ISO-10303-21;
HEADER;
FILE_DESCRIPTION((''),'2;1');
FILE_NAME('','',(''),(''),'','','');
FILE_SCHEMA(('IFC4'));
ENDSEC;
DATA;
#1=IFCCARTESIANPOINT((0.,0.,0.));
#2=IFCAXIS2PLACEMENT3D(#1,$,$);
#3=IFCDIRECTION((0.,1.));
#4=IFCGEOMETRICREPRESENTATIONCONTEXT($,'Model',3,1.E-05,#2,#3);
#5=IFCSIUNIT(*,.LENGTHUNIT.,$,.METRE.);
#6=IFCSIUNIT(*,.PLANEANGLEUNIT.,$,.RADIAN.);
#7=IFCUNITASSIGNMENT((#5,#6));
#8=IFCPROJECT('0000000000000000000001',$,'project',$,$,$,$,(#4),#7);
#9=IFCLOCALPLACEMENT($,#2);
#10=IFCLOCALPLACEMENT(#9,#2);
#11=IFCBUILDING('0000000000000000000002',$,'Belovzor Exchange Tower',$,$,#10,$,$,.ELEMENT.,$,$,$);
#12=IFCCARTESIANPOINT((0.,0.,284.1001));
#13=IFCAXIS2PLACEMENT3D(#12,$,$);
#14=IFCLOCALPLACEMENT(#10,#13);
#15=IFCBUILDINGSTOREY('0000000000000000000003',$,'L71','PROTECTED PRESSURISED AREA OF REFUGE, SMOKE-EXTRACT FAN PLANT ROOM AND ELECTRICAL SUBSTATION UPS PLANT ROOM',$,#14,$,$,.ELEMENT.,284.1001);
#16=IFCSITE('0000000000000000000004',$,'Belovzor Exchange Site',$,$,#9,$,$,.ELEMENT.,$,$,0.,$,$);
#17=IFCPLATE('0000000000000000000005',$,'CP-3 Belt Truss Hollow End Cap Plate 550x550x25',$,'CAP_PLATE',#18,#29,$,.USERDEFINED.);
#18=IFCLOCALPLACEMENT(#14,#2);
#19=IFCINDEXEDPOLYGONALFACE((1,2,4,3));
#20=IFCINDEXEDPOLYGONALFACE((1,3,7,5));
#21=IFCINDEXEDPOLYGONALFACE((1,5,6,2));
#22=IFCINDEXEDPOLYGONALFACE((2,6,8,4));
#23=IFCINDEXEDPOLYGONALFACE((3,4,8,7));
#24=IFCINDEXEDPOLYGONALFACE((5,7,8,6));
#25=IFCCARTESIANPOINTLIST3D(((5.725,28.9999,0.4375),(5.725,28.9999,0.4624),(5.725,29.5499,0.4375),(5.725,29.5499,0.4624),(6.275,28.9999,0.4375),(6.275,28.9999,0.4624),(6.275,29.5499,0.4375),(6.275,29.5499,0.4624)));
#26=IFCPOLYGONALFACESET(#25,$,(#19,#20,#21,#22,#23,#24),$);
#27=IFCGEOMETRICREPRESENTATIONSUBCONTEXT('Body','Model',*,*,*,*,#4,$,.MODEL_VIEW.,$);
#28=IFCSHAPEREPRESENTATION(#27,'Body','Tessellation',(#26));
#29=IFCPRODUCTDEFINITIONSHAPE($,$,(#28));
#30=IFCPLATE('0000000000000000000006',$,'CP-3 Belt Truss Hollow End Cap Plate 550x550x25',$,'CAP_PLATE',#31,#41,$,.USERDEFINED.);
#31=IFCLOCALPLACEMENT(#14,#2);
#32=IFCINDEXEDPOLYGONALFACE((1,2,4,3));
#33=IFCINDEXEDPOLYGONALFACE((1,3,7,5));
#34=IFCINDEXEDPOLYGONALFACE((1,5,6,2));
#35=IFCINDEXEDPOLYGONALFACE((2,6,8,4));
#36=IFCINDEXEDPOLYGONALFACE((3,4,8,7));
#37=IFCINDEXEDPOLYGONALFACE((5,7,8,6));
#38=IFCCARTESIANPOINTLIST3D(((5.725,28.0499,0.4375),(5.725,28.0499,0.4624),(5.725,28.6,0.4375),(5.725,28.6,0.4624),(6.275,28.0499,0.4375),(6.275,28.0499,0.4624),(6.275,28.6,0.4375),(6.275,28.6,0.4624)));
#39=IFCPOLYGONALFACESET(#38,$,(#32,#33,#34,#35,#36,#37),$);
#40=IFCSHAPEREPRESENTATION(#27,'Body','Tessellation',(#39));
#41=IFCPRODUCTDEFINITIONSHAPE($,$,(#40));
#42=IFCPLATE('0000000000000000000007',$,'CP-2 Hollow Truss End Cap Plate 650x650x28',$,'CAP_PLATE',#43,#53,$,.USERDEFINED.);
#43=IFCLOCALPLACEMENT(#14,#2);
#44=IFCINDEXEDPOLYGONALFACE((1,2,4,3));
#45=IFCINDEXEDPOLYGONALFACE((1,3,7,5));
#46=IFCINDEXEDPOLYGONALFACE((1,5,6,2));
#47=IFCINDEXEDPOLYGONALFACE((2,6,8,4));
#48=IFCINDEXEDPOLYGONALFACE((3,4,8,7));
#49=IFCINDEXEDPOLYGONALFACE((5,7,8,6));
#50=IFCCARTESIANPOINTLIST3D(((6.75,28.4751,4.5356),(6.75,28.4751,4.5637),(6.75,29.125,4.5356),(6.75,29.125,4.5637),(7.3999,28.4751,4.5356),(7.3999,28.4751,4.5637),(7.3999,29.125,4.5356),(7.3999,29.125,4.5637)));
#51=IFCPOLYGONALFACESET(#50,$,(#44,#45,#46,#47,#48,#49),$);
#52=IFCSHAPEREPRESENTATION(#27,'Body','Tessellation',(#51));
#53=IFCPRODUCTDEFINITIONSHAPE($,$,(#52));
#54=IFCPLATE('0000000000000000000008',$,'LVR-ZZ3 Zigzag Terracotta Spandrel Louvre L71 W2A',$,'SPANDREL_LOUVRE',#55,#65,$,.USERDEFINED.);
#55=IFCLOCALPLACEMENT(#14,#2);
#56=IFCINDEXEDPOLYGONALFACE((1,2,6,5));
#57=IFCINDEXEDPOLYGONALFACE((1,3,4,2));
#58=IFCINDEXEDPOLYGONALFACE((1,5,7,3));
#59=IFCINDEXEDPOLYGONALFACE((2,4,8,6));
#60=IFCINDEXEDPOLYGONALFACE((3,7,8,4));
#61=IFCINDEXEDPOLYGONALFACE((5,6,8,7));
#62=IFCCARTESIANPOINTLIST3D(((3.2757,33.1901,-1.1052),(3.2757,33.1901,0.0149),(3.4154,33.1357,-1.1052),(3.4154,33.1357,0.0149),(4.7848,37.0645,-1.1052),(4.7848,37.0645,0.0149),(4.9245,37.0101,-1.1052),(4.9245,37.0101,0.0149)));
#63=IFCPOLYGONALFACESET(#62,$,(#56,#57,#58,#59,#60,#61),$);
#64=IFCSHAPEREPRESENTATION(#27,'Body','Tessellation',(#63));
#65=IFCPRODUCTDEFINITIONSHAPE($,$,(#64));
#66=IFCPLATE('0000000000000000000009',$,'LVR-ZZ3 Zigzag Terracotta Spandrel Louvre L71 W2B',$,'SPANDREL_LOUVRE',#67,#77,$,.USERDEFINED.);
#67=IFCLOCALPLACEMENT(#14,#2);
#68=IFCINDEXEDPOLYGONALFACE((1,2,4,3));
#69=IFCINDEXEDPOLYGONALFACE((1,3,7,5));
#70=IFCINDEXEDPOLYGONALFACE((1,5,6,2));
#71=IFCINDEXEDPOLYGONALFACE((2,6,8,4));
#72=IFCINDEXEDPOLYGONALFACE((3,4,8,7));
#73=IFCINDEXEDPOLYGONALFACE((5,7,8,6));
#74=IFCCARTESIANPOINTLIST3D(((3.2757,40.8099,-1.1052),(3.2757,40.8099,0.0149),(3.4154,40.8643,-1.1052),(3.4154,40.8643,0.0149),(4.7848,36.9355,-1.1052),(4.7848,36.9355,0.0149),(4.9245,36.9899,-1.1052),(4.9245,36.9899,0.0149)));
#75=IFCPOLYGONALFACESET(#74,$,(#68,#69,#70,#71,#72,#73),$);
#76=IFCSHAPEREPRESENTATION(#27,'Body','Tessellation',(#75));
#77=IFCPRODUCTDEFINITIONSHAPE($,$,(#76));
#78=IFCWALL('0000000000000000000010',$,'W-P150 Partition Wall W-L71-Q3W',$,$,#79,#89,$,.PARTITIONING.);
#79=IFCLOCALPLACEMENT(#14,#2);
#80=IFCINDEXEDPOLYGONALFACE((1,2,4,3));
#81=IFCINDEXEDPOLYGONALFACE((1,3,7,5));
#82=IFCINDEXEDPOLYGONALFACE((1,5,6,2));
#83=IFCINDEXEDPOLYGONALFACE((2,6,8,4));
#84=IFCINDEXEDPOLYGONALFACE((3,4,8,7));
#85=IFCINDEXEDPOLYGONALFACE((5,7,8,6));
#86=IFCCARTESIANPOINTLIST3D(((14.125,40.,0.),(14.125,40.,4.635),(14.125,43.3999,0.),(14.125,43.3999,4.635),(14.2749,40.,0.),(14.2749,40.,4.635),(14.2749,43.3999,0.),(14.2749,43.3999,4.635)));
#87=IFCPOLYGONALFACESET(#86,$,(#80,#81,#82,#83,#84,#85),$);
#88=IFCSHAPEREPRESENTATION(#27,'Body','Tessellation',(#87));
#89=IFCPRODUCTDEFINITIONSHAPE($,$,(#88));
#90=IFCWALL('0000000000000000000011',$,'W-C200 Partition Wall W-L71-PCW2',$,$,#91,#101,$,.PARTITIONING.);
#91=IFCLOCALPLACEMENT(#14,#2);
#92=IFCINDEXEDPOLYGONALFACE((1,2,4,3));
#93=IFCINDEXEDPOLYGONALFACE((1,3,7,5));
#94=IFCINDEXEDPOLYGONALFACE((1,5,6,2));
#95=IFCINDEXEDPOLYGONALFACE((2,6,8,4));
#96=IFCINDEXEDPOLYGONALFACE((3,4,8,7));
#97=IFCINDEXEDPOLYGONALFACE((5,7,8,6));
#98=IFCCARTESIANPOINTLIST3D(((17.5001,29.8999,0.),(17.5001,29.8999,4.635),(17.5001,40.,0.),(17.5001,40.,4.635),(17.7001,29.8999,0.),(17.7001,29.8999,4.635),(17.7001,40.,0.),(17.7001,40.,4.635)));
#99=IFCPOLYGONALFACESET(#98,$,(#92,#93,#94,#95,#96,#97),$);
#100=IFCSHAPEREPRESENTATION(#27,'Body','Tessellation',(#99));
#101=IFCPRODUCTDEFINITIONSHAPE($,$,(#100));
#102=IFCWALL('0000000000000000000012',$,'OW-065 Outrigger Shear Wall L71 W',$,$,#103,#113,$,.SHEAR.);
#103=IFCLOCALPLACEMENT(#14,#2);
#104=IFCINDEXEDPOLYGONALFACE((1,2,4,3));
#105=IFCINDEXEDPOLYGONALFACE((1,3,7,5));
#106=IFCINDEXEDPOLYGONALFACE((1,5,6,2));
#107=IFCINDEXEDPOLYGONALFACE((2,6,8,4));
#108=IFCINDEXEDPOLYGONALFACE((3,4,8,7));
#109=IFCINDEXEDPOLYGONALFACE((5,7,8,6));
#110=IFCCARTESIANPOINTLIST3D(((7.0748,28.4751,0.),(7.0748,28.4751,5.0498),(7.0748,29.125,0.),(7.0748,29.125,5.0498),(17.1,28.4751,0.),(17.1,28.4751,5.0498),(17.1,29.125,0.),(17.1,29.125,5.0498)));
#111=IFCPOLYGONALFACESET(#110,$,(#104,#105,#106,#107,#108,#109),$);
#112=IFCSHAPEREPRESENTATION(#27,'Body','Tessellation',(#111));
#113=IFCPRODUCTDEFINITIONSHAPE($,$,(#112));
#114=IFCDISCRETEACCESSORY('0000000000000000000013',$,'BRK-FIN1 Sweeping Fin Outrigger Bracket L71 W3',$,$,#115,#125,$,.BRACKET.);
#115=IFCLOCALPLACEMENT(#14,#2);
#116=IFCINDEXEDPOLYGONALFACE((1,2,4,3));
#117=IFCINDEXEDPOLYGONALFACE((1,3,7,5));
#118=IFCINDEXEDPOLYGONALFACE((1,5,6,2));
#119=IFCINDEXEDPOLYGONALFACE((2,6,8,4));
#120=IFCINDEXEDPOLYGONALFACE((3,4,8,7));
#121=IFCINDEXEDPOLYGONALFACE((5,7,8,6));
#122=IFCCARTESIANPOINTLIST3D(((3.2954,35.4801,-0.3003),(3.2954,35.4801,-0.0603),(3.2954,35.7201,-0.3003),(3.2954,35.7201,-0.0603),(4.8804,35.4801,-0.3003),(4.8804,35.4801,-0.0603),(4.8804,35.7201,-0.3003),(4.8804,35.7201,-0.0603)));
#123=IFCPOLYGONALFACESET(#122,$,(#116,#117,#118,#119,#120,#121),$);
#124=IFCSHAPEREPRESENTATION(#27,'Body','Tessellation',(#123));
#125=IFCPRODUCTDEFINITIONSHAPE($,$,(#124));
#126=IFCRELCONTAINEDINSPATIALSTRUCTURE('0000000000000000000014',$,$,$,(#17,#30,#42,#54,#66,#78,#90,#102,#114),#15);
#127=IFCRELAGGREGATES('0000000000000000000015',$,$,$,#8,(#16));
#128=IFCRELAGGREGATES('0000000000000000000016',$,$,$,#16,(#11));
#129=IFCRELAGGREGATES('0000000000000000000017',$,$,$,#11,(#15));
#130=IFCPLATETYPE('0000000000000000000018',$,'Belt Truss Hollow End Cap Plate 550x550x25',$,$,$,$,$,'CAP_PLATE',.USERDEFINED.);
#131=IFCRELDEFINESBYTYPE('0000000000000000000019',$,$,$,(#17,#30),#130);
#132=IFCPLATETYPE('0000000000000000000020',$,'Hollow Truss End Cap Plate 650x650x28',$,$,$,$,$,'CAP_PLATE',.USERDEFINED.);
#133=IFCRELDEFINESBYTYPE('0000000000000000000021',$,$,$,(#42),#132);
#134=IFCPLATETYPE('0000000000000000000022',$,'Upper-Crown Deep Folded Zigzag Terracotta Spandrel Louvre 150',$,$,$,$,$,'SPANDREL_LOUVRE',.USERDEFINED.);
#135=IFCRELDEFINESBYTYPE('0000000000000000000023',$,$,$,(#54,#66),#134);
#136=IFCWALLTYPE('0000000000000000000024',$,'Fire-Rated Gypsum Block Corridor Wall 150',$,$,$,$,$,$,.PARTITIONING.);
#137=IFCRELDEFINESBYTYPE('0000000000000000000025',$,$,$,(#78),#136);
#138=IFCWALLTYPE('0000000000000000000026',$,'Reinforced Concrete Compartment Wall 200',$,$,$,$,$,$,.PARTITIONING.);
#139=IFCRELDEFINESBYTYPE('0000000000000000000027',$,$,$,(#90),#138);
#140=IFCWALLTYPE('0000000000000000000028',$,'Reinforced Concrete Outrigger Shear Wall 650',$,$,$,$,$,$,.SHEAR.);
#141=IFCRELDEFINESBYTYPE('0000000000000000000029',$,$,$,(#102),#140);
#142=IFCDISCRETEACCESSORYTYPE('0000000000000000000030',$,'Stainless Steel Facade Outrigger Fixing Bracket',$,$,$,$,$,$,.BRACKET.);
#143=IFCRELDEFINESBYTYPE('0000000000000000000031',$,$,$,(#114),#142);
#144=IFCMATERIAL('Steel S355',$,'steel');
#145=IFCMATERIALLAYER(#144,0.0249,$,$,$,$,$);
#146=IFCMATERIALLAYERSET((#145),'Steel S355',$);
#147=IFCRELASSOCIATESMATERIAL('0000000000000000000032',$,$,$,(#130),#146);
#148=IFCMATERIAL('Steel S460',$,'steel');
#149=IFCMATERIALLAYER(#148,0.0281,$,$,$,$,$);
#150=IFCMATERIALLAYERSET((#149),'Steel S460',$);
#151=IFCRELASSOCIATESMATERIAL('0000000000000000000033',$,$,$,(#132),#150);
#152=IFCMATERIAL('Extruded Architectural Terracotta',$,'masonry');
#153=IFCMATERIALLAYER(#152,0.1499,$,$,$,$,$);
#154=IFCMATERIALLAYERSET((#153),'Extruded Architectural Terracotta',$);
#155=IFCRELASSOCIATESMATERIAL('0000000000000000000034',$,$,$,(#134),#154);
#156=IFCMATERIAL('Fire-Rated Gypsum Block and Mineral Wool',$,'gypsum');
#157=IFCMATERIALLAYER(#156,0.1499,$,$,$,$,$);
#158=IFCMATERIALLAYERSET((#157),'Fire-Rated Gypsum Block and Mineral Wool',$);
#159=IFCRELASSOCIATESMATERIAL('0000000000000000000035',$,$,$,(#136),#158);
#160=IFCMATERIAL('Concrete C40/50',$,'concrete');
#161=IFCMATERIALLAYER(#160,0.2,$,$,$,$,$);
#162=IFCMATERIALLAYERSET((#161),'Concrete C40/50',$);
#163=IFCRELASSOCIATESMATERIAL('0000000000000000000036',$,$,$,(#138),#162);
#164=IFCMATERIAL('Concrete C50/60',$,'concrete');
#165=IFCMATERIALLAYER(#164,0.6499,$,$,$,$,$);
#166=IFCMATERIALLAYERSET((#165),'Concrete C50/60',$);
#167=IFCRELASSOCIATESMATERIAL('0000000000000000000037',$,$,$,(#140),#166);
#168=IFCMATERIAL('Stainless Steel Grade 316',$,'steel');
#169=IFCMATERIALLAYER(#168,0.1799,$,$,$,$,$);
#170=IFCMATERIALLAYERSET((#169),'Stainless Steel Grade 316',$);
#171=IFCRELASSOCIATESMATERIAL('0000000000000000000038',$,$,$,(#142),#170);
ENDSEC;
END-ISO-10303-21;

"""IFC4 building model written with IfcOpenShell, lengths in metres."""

from ifc_helpers import new_model, si_unit, direction, frame, frame_2d, origin, origin_2d, place, context, subcontext, project, spatial, rectangle, extrude, material, layer, layer_set, type_object, element, save


model = new_model("IFC4")

# Units and contexts
model_context = context("Model", 3, precision=1e-05, world=origin(), true_north=direction((0.0, 1.0)))
body_context = subcontext(model_context, "Body", "Model", "MODEL_VIEW")
ifc_project = project(units=[si_unit("LENGTHUNIT", "METRE"), si_unit("PLANEANGLEUNIT", "RADIAN")], contexts=[model_context])

# Site, building, storey
site_placement = place(None, origin())
site = spatial("IfcSite", under=ifc_project, at=site_placement, Name="Belovzor Exchange Site", CompositionType="ELEMENT", RefElevation=0.0)
building_placement = place(site_placement, origin())
building = spatial("IfcBuilding", under=site, at=building_placement, Name="Belovzor Exchange Tower", CompositionType="ELEMENT")
storey_placement = place(building_placement, frame((0.0, 0.0, 284.1001)))
storey = spatial("IfcBuildingStorey", under=building, at=storey_placement, Name="L71", Description="PROTECTED PRESSURISED AREA OF REFUGE, SMOKE-EXTRACT FAN PLANT ROOM AND ELECTRICAL SUBSTATION UPS PLANT ROOM", CompositionType="ELEMENT", Elevation=284.1001)

# Plates
ifc_material_1 = material(Name="Steel S355", Category="steel")
ifc_layer_1 = layer(ifc_material_1, 0.0249)
ifc_layer_set_1 = layer_set([ifc_layer_1], Name="Steel S355")
plate_type_1 = type_object("IfcPlateType", Name="Belt Truss Hollow End Cap Plate 550x550x25", ElementType="CAP_PLATE", PredefinedType="USERDEFINED", material=ifc_layer_set_1)
for number, where, z_axis, x_axis, name in (
    (1, (6.0, 29.2749, 0.4375), (0.0, 0.0, 1.0), (0.0, 1.0, 0.0), "CP-3 Belt Truss Hollow End Cap Plate 550x550x25"),
    (2, (6.0, 28.325, 0.4375), (0.0, 0.0, 1.0), (0.0, 1.0, 0.0), "CP-3 Belt Truss Hollow End Cap Plate 550x550x25"),
):
    element("IfcPlate", number, at=place(storey_placement, frame(where, z_axis=z_axis, x_axis=x_axis)), inside=storey, type_object=plate_type_1, Name=name, ObjectType="CAP_PLATE", PredefinedType="USERDEFINED", context=body_context, shape_type="SweptSolid", body=[
        extrude(rectangle(XDim=0.55, YDim=0.55, at=origin_2d()), origin(), (0.0, 0.0, 1.0), 0.0249),
    ])
ifc_material_2 = material(Name="Steel S460", Category="steel")
ifc_layer_2 = layer(ifc_material_2, 0.0281)
ifc_layer_set_2 = layer_set([ifc_layer_2], Name="Steel S460")
plate_type_2 = type_object("IfcPlateType", Name="Hollow Truss End Cap Plate 650x650x28", ElementType="CAP_PLATE", PredefinedType="USERDEFINED", material=ifc_layer_set_2)
plate_1_placement = place(storey_placement, frame((7.075, 28.8, 4.5356), z_axis=(0.0, 0.0, 1.0), x_axis=(1.0, 0.0, 0.0)))
element("IfcPlate", 3, at=plate_1_placement, inside=storey, type_object=plate_type_2, Name="CP-2 Hollow Truss End Cap Plate 650x650x28", ObjectType="CAP_PLATE", PredefinedType="USERDEFINED", context=body_context, shape_type="SweptSolid", body=[
    extrude(rectangle(XDim=0.6499, YDim=0.6499, at=origin_2d()), origin(), (0.0, 0.0, 1.0), 0.0281),
])
ifc_material_3 = material(Name="Extruded Architectural Terracotta", Category="masonry")
ifc_layer_3 = layer(ifc_material_3, 0.1499)
ifc_layer_set_3 = layer_set([ifc_layer_3], Name="Extruded Architectural Terracotta")
plate_type_3 = type_object("IfcPlateType", Name="Upper-Crown Deep Folded Zigzag Terracotta Spandrel Louvre 150", ElementType="SPANDREL_LOUVRE", PredefinedType="USERDEFINED", material=ifc_layer_set_3)
for number, where, z_axis, x_axis, name in (
    (4, (4.1001, 35.1001, -1.1052), (0.0, 0.0, 1.0), (0.362926, 0.931818, 0.0), "LVR-ZZ3 Zigzag Terracotta Spandrel Louvre L71 W2A"),
    (5, (4.1001, 38.8999, -1.1052), (0.0, 0.0, 1.0), (-0.362926, 0.931818, 0.0), "LVR-ZZ3 Zigzag Terracotta Spandrel Louvre L71 W2B"),
):
    element("IfcPlate", number, at=place(storey_placement, frame(where, z_axis=z_axis, x_axis=x_axis)), inside=storey, type_object=plate_type_3, Name=name, ObjectType="SPANDREL_LOUVRE", PredefinedType="USERDEFINED", context=body_context, shape_type="SweptSolid", body=[
        extrude(rectangle(XDim=4.158, YDim=0.1499, at=origin_2d()), origin(), (0.0, 0.0, 1.0), 1.1201),
    ])

# Walls
ifc_material_4 = material(Name="Fire-Rated Gypsum Block and Mineral Wool", Category="gypsum")
ifc_layer_4 = layer(ifc_material_4, 0.1499)
ifc_layer_set_4 = layer_set([ifc_layer_4], Name="Fire-Rated Gypsum Block and Mineral Wool")
wall_type_1 = type_object("IfcWallType", Name="Fire-Rated Gypsum Block Corridor Wall 150", PredefinedType="PARTITIONING", material=ifc_layer_set_4)
wall_1_placement = place(storey_placement, frame((14.2, 40.0, 0.0), z_axis=(0.0, 0.0, 1.0), x_axis=(0.0, 1.0, 0.0)))
element("IfcWall", 6, at=wall_1_placement, inside=storey, type_object=wall_type_1, Name="W-P150 Partition Wall W-L71-Q3W", PredefinedType="PARTITIONING", context=body_context, shape_type="SweptSolid", body=[
    extrude(rectangle(XDim=3.3999, YDim=0.1499, at=frame_2d((1.7, 0.0))), origin(), (0.0, 0.0, 1.0), 4.635),
])
ifc_material_5 = material(Name="Concrete C40/50", Category="concrete")
ifc_layer_5 = layer(ifc_material_5, 0.2)
ifc_layer_set_5 = layer_set([ifc_layer_5], Name="Concrete C40/50")
wall_type_2 = type_object("IfcWallType", Name="Reinforced Concrete Compartment Wall 200", PredefinedType="PARTITIONING", material=ifc_layer_set_5)
wall_2_placement = place(storey_placement, frame((17.6001, 29.8999, 0.0), z_axis=(0.0, 0.0, 1.0), x_axis=(0.0, 1.0, 0.0)))
element("IfcWall", 7, at=wall_2_placement, inside=storey, type_object=wall_type_2, Name="W-C200 Partition Wall W-L71-PCW2", PredefinedType="PARTITIONING", context=body_context, shape_type="SweptSolid", body=[
    extrude(rectangle(XDim=10.1001, YDim=0.2, at=frame_2d((5.05, 0.0))), origin(), (0.0, 0.0, 1.0), 4.635),
])
ifc_material_6 = material(Name="Concrete C50/60", Category="concrete")
ifc_layer_6 = layer(ifc_material_6, 0.6499)
ifc_layer_set_6 = layer_set([ifc_layer_6], Name="Concrete C50/60")
wall_type_3 = type_object("IfcWallType", Name="Reinforced Concrete Outrigger Shear Wall 650", PredefinedType="SHEAR", material=ifc_layer_set_6)
wall_3_placement = place(storey_placement, frame((17.1001, 28.8, 0.0), z_axis=(0.0, 0.0, 1.0), x_axis=(-1.0, 0.0, 0.0)))
element("IfcWall", 8, at=wall_3_placement, inside=storey, type_object=wall_type_3, Name="OW-065 Outrigger Shear Wall L71 W", PredefinedType="SHEAR", context=body_context, shape_type="SweptSolid", body=[
    extrude(rectangle(XDim=10.0251, YDim=0.6499, at=frame_2d((5.0127, 0.0))), origin(), (0.0, 0.0, 1.0), 5.0498),
])

# Discrete accessory
ifc_material_7 = material(Name="Stainless Steel Grade 316", Category="steel")
ifc_layer_7 = layer(ifc_material_7, 0.1799)
ifc_layer_set_7 = layer_set([ifc_layer_7], Name="Stainless Steel Grade 316")
discrete_accessory_type = type_object("IfcDiscreteAccessoryType", Name="Stainless Steel Facade Outrigger Fixing Bracket", PredefinedType="BRACKET", material=ifc_layer_set_7)
discrete_accessory_placement = place(storey_placement, frame((4.0879, 35.6001, -0.3003), z_axis=(0.0, 0.0, 1.0), x_axis=(1.0, 0.0, 0.0)))
element("IfcDiscreteAccessory", 9, at=discrete_accessory_placement, inside=storey, type_object=discrete_accessory_type, Name="BRK-FIN1 Sweeping Fin Outrigger Bracket L71 W3", PredefinedType="BRACKET", context=body_context, shape_type="SweptSolid", body=[
    extrude(rectangle(XDim=1.585, YDim=0.24, at=origin_2d()), origin(), (0.0, 0.0, 1.0), 0.24),
])

save(model, "model.ifc")
